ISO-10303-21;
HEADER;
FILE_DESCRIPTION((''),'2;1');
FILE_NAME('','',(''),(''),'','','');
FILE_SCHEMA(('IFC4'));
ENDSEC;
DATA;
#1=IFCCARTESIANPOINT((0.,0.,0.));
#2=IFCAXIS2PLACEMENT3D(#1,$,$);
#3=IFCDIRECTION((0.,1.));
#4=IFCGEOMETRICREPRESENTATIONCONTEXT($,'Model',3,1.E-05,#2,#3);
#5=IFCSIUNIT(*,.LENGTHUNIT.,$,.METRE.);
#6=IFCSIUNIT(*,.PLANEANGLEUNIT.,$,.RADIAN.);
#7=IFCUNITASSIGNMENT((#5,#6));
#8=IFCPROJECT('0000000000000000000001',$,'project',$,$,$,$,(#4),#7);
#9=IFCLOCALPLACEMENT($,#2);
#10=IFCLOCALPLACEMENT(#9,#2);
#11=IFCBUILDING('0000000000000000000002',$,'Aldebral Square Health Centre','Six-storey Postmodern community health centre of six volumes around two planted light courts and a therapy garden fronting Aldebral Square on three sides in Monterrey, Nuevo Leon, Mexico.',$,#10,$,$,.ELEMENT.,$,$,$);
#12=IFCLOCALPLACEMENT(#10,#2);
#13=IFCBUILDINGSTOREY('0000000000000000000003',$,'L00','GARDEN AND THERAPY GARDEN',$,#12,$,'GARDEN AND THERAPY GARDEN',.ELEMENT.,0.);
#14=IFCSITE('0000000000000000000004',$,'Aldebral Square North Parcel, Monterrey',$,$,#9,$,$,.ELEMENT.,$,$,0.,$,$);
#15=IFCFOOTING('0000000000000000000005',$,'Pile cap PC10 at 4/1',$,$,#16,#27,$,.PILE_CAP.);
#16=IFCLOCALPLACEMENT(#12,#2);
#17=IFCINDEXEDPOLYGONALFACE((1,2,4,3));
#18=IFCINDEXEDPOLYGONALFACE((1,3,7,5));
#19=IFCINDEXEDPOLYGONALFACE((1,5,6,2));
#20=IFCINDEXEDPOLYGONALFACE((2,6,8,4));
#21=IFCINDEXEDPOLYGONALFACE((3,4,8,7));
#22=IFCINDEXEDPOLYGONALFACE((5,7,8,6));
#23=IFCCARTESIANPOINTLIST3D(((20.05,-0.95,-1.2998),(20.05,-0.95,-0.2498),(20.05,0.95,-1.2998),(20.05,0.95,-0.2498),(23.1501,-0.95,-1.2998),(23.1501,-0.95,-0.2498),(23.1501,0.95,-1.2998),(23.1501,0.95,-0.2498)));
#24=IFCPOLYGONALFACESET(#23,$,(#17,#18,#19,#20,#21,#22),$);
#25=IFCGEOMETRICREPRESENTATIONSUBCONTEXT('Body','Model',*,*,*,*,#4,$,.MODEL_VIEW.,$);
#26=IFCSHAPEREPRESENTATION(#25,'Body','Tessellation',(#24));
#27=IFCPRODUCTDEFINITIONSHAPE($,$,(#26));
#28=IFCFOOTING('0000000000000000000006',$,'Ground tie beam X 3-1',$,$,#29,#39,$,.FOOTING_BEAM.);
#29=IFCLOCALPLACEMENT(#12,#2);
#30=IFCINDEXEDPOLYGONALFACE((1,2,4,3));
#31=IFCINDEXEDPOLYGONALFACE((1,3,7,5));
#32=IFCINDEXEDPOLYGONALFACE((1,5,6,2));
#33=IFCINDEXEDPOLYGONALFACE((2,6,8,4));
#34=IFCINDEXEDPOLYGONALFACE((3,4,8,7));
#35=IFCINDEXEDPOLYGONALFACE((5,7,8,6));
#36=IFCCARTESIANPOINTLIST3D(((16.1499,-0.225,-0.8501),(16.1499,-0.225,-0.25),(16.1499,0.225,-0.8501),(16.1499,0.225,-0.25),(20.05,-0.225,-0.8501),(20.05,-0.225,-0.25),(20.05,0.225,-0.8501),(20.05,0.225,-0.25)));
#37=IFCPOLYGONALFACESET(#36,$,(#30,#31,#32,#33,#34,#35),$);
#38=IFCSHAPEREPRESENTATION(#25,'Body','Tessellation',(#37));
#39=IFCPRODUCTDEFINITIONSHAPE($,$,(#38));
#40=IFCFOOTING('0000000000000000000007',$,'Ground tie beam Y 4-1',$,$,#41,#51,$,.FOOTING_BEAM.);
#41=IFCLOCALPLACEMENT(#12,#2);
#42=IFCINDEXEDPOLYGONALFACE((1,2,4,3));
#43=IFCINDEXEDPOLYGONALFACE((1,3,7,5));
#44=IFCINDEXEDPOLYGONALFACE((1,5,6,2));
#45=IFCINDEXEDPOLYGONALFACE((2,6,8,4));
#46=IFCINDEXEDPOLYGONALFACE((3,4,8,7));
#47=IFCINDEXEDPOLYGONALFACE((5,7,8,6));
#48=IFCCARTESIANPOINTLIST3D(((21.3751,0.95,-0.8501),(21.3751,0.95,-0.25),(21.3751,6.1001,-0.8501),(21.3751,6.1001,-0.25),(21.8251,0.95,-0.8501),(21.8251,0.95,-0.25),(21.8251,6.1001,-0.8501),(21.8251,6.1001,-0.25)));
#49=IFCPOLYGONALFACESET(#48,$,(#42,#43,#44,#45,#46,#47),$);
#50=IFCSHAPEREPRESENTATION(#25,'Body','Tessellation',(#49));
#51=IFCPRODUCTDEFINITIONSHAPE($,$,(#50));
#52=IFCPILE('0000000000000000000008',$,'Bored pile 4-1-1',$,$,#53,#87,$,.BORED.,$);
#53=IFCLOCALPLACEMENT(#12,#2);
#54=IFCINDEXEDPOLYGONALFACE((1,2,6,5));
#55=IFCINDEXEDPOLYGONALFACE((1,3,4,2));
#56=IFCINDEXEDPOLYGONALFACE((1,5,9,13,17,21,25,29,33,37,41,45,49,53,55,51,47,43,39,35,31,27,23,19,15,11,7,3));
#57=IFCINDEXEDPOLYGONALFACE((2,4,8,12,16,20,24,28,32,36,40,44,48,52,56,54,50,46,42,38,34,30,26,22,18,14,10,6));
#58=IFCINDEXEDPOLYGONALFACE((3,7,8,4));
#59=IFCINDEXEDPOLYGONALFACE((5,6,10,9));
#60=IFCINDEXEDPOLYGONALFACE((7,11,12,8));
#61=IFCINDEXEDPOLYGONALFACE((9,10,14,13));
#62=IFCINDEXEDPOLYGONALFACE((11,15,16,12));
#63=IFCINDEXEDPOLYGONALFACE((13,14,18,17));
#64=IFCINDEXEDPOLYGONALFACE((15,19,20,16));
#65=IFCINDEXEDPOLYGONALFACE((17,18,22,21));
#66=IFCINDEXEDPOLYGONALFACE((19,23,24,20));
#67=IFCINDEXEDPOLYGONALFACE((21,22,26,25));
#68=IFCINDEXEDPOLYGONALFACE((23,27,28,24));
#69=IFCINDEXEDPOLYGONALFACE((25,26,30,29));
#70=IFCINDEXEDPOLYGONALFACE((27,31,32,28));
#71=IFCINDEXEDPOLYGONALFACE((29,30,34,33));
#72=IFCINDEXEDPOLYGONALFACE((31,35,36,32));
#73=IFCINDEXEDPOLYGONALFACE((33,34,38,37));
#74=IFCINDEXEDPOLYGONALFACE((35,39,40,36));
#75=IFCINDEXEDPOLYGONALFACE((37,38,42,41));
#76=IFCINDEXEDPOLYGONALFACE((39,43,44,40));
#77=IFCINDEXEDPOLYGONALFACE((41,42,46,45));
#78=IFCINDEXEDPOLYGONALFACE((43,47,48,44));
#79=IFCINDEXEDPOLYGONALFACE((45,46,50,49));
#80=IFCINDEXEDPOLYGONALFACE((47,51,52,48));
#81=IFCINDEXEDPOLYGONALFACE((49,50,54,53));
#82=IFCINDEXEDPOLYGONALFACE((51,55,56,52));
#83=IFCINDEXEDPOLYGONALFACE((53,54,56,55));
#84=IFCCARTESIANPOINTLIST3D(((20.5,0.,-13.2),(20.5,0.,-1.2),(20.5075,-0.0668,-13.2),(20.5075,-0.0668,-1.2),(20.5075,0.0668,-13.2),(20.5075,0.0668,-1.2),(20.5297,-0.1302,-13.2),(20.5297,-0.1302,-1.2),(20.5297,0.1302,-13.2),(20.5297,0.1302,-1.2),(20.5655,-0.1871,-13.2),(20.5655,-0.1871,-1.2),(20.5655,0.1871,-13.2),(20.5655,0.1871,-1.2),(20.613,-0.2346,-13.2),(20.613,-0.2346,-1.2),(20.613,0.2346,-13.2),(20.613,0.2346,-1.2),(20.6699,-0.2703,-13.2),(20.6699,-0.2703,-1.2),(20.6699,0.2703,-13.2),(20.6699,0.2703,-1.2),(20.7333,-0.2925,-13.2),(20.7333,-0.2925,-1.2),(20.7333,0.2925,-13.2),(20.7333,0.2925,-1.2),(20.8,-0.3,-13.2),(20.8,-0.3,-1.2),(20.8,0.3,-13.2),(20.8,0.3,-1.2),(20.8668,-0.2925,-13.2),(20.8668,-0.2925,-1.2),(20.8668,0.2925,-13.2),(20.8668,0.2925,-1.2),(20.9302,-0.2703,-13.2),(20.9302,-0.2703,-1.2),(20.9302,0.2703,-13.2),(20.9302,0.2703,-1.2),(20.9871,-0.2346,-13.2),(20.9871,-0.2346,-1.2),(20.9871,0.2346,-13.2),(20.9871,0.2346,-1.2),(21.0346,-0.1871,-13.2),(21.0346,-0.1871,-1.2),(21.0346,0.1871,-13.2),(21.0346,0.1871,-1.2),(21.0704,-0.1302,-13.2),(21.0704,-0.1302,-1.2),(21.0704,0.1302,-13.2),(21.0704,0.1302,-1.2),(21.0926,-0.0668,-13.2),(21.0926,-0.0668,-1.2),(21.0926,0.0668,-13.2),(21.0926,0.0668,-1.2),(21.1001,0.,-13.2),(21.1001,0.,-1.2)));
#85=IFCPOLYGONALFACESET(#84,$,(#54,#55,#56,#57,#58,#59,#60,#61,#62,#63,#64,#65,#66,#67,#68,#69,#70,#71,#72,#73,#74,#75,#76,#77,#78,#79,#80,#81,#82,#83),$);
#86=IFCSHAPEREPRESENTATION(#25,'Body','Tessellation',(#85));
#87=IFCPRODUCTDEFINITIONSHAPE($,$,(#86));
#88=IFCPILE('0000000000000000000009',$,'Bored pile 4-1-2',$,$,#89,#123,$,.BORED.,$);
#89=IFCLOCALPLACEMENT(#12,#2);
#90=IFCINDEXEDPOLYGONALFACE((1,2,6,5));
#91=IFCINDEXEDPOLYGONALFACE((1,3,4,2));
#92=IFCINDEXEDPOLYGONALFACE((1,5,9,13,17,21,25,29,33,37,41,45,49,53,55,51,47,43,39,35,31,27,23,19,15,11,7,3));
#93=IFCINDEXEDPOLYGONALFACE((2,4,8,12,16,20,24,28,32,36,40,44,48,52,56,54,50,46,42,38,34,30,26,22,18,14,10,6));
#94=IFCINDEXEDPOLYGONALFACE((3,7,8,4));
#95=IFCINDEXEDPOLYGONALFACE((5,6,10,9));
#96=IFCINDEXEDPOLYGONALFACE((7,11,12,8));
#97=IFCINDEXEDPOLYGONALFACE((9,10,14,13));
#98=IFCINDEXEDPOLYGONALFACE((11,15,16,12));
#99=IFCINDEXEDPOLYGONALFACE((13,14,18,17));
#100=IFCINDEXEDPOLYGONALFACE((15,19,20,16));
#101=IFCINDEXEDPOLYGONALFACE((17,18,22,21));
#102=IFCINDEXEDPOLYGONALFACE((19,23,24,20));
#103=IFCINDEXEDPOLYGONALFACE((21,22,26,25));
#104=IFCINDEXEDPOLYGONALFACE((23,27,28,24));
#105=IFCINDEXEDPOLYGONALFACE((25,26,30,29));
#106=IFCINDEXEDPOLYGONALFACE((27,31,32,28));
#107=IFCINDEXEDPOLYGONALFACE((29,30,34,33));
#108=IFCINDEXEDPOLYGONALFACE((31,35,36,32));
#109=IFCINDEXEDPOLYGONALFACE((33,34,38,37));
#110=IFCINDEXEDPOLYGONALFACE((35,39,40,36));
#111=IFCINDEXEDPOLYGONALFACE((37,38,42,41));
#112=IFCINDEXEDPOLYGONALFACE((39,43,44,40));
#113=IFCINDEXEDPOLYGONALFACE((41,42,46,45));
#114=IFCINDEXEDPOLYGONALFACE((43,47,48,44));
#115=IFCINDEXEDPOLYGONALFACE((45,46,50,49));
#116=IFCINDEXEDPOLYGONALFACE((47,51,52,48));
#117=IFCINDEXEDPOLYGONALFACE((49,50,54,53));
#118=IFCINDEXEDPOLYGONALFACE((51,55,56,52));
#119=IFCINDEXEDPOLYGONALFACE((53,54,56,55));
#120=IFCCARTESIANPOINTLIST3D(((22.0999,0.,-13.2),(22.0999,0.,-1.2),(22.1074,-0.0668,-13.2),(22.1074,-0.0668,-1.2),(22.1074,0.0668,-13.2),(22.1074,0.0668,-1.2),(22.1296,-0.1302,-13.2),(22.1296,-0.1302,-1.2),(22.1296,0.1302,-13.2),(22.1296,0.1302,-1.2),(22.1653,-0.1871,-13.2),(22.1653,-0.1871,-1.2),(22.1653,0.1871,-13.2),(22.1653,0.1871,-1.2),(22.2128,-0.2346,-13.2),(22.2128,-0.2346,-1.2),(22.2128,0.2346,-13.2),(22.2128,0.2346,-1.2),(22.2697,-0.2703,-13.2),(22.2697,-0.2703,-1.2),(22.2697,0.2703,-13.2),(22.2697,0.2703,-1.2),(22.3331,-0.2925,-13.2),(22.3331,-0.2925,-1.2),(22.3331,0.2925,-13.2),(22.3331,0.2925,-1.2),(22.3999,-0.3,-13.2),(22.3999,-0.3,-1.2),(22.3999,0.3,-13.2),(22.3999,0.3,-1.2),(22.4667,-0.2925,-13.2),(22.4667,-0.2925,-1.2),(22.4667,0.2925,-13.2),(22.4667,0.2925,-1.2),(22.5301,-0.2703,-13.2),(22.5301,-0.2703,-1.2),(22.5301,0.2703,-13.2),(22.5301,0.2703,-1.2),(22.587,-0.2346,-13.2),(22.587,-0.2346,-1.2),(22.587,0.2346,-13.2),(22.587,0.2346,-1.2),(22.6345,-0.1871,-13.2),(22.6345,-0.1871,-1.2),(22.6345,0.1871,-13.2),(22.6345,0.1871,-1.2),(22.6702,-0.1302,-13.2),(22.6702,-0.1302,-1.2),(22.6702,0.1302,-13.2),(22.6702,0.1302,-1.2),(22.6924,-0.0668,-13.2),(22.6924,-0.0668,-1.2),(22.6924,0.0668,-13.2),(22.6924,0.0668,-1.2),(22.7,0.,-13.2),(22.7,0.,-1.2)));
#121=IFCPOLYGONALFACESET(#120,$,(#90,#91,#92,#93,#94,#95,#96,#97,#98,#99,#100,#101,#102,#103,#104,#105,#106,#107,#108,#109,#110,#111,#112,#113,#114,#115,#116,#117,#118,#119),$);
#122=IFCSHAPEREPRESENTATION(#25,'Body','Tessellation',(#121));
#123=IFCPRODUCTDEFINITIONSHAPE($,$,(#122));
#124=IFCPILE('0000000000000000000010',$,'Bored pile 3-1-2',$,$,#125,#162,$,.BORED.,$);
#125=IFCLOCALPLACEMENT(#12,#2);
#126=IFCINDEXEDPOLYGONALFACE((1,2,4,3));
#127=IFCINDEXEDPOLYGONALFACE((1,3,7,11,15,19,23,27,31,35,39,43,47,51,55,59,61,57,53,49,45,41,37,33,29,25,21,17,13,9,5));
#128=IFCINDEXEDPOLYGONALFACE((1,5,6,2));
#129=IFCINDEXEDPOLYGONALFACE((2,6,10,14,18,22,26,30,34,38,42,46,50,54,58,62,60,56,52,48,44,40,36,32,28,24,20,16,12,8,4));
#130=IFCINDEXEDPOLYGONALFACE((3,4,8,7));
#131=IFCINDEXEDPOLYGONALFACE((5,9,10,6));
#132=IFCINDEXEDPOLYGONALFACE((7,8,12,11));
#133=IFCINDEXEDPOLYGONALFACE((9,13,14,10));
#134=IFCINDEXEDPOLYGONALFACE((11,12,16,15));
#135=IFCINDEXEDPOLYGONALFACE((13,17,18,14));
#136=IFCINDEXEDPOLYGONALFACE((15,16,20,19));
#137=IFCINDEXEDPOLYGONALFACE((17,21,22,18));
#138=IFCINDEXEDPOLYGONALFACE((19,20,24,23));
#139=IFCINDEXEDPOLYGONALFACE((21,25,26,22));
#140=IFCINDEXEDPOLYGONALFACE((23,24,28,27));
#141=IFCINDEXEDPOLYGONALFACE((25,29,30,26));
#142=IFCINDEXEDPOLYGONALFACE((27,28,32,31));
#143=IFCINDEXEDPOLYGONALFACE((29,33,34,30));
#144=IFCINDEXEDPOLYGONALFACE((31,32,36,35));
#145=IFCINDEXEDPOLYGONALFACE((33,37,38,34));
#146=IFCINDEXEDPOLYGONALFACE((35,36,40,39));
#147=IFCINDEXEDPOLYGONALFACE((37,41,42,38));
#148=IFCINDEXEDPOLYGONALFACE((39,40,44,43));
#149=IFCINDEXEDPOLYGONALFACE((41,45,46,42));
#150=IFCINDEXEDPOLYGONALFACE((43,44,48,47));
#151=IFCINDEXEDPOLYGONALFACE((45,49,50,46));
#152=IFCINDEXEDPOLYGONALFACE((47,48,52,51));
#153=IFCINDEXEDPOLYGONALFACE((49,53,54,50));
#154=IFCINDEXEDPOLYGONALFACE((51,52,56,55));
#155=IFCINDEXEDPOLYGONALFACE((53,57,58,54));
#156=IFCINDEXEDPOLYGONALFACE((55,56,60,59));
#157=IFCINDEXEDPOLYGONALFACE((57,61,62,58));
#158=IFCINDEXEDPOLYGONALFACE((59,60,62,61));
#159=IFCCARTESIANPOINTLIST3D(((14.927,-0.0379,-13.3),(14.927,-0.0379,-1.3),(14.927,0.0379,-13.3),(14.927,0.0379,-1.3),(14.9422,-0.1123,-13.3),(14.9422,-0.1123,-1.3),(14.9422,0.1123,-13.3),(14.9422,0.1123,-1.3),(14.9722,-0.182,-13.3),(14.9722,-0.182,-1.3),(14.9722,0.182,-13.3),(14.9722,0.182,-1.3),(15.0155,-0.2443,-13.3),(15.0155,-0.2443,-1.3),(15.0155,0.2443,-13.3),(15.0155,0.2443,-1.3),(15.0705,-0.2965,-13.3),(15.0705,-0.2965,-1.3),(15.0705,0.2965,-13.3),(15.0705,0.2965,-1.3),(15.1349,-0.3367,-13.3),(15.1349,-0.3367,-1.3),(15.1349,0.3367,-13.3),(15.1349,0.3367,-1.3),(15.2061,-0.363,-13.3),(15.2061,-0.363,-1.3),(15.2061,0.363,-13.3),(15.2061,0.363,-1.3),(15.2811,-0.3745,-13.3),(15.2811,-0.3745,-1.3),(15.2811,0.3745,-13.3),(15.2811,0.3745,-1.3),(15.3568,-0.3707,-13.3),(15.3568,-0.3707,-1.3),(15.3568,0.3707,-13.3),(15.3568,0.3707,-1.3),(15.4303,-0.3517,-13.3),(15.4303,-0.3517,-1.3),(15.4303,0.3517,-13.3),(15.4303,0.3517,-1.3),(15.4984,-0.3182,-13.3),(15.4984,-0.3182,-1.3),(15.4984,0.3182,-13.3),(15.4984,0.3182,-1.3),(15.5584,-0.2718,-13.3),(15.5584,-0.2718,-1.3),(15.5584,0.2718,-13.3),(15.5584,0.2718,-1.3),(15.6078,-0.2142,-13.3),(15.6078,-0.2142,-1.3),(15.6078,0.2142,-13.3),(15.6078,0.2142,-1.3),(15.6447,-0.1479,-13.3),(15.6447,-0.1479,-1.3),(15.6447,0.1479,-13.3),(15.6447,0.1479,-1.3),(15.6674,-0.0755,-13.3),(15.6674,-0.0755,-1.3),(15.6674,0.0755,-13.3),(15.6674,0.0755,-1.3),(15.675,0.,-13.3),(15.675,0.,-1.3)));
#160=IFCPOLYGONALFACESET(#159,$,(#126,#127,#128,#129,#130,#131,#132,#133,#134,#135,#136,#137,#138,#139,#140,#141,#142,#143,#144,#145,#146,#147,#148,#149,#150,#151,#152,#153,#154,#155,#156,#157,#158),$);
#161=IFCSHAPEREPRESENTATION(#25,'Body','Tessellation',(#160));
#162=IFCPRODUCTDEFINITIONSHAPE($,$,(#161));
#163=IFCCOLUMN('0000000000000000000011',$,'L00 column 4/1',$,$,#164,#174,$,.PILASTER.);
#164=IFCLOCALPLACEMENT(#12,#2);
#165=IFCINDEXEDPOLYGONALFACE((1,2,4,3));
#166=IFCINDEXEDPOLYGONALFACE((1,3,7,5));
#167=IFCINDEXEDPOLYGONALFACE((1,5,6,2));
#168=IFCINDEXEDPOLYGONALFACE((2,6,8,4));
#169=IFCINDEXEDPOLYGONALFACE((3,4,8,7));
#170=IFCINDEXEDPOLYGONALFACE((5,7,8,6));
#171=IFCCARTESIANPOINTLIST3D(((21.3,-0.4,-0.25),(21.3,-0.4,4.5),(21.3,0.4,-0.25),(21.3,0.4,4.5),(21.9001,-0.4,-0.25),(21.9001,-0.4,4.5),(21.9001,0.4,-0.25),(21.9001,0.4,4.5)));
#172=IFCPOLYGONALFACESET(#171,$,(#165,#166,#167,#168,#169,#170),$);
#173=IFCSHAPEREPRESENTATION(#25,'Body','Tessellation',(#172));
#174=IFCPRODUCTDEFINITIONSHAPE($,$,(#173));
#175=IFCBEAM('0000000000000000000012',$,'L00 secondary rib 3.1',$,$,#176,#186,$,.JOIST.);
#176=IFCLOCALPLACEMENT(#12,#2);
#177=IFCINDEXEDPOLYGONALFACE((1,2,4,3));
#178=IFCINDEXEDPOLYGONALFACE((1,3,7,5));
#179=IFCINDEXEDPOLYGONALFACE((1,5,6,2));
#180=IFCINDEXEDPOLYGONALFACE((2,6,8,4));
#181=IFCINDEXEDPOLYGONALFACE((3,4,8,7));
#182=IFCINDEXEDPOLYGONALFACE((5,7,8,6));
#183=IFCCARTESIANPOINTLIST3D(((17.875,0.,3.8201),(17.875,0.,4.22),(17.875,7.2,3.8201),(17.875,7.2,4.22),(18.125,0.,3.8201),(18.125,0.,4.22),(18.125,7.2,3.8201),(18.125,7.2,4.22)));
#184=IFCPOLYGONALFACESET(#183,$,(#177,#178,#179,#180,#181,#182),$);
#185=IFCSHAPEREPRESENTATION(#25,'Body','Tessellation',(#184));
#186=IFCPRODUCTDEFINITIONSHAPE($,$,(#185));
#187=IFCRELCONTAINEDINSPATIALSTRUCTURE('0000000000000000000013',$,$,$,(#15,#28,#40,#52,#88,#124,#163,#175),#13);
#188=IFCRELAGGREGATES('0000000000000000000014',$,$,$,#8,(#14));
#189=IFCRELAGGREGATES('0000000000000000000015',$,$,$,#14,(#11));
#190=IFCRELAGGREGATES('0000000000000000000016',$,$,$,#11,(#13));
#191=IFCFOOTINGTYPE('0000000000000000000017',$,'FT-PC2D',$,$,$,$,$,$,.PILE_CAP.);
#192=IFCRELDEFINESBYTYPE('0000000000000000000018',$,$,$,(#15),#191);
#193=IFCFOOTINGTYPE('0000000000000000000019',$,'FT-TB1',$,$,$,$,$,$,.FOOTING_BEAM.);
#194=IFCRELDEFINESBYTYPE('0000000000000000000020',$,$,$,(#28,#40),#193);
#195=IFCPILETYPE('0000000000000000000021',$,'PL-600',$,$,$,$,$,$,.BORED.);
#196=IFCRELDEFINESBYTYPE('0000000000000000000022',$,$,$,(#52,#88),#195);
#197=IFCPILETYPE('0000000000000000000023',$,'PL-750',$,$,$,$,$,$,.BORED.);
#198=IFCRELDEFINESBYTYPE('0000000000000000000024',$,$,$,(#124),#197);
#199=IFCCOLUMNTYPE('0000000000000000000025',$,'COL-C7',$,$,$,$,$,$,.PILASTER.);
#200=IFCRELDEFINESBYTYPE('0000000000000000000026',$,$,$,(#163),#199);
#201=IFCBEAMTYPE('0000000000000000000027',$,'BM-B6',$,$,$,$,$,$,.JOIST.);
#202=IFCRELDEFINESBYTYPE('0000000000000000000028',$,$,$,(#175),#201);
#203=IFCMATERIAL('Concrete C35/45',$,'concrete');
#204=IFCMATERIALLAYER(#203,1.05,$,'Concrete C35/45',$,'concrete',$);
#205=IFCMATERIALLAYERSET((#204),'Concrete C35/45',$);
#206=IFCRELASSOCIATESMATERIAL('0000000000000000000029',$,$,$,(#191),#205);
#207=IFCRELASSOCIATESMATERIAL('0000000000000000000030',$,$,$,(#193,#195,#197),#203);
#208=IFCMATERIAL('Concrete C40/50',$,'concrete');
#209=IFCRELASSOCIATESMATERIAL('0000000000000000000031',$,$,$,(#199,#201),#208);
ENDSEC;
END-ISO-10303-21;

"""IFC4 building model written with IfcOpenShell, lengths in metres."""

from ifc_helpers import new_model, si_unit, direction, frame, origin, origin_2d, place, context, subcontext, project, spatial, rectangle, circle, extrude, material, layer, layer_set, material_profile, profile_set, type_object, element, save


model = new_model("IFC4")

# Units and contexts
model_context = context("Model", 3, precision=1e-05, world=origin(), true_north=direction((0.0, 1.0)))
body_context = subcontext(model_context, "Body", "Model", "MODEL_VIEW")
ifc_project = project(units=[si_unit("LENGTHUNIT", "METRE"), si_unit("PLANEANGLEUNIT", "RADIAN")], contexts=[model_context])

# Site, building, storey
site_placement = place(None, origin())
site = spatial("IfcSite", under=ifc_project, at=site_placement, Name="Aldebral Square North Parcel, Monterrey", CompositionType="ELEMENT", RefElevation=0.0)
building_placement = place(site_placement, origin())
building = spatial("IfcBuilding", under=site, at=building_placement, Name="Aldebral Square Health Centre", Description="Six-storey Postmodern community health centre of six volumes around two planted light courts and a therapy garden fronting Aldebral Square on three sides in Monterrey, Nuevo Leon, Mexico.", CompositionType="ELEMENT")
storey_placement = place(building_placement, origin())
storey = spatial("IfcBuildingStorey", under=building, at=storey_placement, Name="L00", Description="GARDEN AND THERAPY GARDEN", LongName="GARDEN AND THERAPY GARDEN", CompositionType="ELEMENT", Elevation=0.0)

# Footings
ifc_material_1 = material(Name="Concrete C35/45", Category="concrete")
ifc_layer_1 = layer(ifc_material_1, 1.05, Name="Concrete C35/45", Category="concrete")
ifc_layer_set_1 = layer_set([ifc_layer_1], Name="Concrete C35/45")
footing_type_1 = type_object("IfcFootingType", Name="FT-PC2D", PredefinedType="PILE_CAP", material=ifc_layer_set_1)
footing_1_placement = place(storey_placement, frame((21.6001, 0.0, -1.2998), z_axis=(0.0, 0.0, 1.0), x_axis=(1.0, 0.0, 0.0)))
element("IfcFooting", 1, at=footing_1_placement, inside=storey, type_object=footing_type_1, Name="Pile cap PC10 at 4/1", PredefinedType="PILE_CAP", context=body_context, shape_type="SweptSolid", body=[
    extrude(rectangle(XDim=3.1001, YDim=1.8999, at=origin_2d()), origin(), (0.0, 0.0, 1.0), 1.05),
])
ifc_material_profile_1 = material_profile(ifc_material_1, rectangle(XDim=0.45, YDim=0.6001, at=origin_2d()), Name="RC 450x600")
ifc_profile_set_1 = profile_set([ifc_material_profile_1], Name="Concrete C35/45")
footing_type_2 = type_object("IfcFootingType", Name="FT-TB1", PredefinedType="FOOTING_BEAM", material=ifc_profile_set_1)
footing_2_placement = place(storey_placement, frame((16.1499, 0.0, -0.55), z_axis=(1.0, 0.0, 0.0), x_axis=(0.0, 1.0, 0.0)))
element("IfcFooting", 2, at=footing_2_placement, inside=storey, type_object=footing_type_2, Name="Ground tie beam X 3-1", PredefinedType="FOOTING_BEAM", context=body_context, shape_type="SweptSolid", body=[
    extrude(rectangle(XDim=0.45, YDim=0.6001, at=origin_2d()), origin(), (0.0, 0.0, 1.0), 3.9001),
])
footing_3_placement = place(storey_placement, frame((21.6001, 0.95, -0.55), z_axis=(0.0, 1.0, 0.0), x_axis=(-1.0, 0.0, 0.0)))
element("IfcFooting", 3, at=footing_3_placement, inside=storey, type_object=footing_type_2, Name="Ground tie beam Y 4-1", PredefinedType="FOOTING_BEAM", context=body_context, shape_type="SweptSolid", body=[
    extrude(rectangle(XDim=0.45, YDim=0.6001, at=origin_2d()), origin(), (0.0, 0.0, 1.0), 5.1501),
])

# Piles
ifc_material_profile_2 = material_profile(ifc_material_1, circle(Radius=0.3, at=origin_2d()), Name="PILE D600")
ifc_profile_set_2 = profile_set([ifc_material_profile_2], Name="Concrete C35/45")
pile_type_1 = type_object("IfcPileType", Name="PL-600", PredefinedType="BORED", material=ifc_profile_set_2)
for number, where, z_axis, x_axis, name in (
    (4, (20.8, 0.0, -1.2), (0.0, 0.0, -1.0), (1.0, 0.0, 0.0), "Bored pile 4-1-1"),
    (5, (22.3999, 0.0, -1.2), (0.0, 0.0, -1.0), (1.0, 0.0, 0.0), "Bored pile 4-1-2"),
):
    element("IfcPile", number, at=place(storey_placement, frame(where, z_axis=z_axis, x_axis=x_axis)), inside=storey, type_object=pile_type_1, Name=name, PredefinedType="BORED", context=body_context, shape_type="SweptSolid", body=[
        extrude(circle(Radius=0.3, at=origin_2d()), origin(), (0.0, 0.0, 1.0), 12.0),
    ])
ifc_material_profile_3 = material_profile(ifc_material_1, circle(Radius=0.375, at=origin_2d()), Name="PILE D750")
ifc_profile_set_3 = profile_set([ifc_material_profile_3], Name="Concrete C35/45")
pile_type_2 = type_object("IfcPileType", Name="PL-750", PredefinedType="BORED", material=ifc_profile_set_3)
pile_placement = place(storey_placement, frame((15.3, 0.0, -1.3), z_axis=(0.0, 0.0, -1.0), x_axis=(1.0, 0.0, 0.0)))
element("IfcPile", 6, at=pile_placement, inside=storey, type_object=pile_type_2, Name="Bored pile 3-1-2", PredefinedType="BORED", context=body_context, shape_type="SweptSolid", body=[
    extrude(circle(Radius=0.375, at=origin_2d()), origin(), (0.0, 0.0, 1.0), 12.0),
])

# Column
ifc_material_2 = material(Name="Concrete C40/50", Category="concrete")
ifc_material_profile_4 = material_profile(ifc_material_2, rectangle(XDim=0.6001, YDim=0.8, at=origin_2d()), Name="RC 600x800")
ifc_profile_set_4 = profile_set([ifc_material_profile_4], Name="Concrete C40/50")
column_type = type_object("IfcColumnType", Name="COL-C7", PredefinedType="PILASTER", material=ifc_profile_set_4)
column_placement = place(storey_placement, frame((21.6001, 0.0, -0.25), z_axis=(0.0, 0.0, 1.0), x_axis=(1.0, 0.0, 0.0)))
element("IfcColumn", 7, at=column_placement, inside=storey, type_object=column_type, Name="L00 column 4/1", PredefinedType="PILASTER", context=body_context, shape_type="SweptSolid", body=[
    extrude(rectangle(XDim=0.6001, YDim=0.8, at=origin_2d()), origin(), (0.0, 0.0, 1.0), 4.75),
])

# Beam
ifc_material_profile_5 = material_profile(ifc_material_2, rectangle(XDim=0.25, YDim=0.3999, at=origin_2d()), Name="RC 250x400")
ifc_profile_set_5 = profile_set([ifc_material_profile_5], Name="Concrete C40/50")
beam_type_1 = type_object("IfcBeamType", Name="BM-B6", PredefinedType="JOIST", material=ifc_profile_set_5)
beam_1_placement = place(storey_placement, frame((18.0, 0.0, 4.02), z_axis=(0.0, 1.0, 0.0), x_axis=(-1.0, 0.0, 0.0)))
element("IfcBeam", 8, at=beam_1_placement, inside=storey, type_object=beam_type_1, Name="L00 secondary rib 3.1", PredefinedType="JOIST", context=body_context, shape_type="SweptSolid", body=[
    extrude(rectangle(XDim=0.25, YDim=0.3999, at=origin_2d()), origin(), (0.0, 0.0, 1.0), 7.2),
])

save(model, "model.ifc")
